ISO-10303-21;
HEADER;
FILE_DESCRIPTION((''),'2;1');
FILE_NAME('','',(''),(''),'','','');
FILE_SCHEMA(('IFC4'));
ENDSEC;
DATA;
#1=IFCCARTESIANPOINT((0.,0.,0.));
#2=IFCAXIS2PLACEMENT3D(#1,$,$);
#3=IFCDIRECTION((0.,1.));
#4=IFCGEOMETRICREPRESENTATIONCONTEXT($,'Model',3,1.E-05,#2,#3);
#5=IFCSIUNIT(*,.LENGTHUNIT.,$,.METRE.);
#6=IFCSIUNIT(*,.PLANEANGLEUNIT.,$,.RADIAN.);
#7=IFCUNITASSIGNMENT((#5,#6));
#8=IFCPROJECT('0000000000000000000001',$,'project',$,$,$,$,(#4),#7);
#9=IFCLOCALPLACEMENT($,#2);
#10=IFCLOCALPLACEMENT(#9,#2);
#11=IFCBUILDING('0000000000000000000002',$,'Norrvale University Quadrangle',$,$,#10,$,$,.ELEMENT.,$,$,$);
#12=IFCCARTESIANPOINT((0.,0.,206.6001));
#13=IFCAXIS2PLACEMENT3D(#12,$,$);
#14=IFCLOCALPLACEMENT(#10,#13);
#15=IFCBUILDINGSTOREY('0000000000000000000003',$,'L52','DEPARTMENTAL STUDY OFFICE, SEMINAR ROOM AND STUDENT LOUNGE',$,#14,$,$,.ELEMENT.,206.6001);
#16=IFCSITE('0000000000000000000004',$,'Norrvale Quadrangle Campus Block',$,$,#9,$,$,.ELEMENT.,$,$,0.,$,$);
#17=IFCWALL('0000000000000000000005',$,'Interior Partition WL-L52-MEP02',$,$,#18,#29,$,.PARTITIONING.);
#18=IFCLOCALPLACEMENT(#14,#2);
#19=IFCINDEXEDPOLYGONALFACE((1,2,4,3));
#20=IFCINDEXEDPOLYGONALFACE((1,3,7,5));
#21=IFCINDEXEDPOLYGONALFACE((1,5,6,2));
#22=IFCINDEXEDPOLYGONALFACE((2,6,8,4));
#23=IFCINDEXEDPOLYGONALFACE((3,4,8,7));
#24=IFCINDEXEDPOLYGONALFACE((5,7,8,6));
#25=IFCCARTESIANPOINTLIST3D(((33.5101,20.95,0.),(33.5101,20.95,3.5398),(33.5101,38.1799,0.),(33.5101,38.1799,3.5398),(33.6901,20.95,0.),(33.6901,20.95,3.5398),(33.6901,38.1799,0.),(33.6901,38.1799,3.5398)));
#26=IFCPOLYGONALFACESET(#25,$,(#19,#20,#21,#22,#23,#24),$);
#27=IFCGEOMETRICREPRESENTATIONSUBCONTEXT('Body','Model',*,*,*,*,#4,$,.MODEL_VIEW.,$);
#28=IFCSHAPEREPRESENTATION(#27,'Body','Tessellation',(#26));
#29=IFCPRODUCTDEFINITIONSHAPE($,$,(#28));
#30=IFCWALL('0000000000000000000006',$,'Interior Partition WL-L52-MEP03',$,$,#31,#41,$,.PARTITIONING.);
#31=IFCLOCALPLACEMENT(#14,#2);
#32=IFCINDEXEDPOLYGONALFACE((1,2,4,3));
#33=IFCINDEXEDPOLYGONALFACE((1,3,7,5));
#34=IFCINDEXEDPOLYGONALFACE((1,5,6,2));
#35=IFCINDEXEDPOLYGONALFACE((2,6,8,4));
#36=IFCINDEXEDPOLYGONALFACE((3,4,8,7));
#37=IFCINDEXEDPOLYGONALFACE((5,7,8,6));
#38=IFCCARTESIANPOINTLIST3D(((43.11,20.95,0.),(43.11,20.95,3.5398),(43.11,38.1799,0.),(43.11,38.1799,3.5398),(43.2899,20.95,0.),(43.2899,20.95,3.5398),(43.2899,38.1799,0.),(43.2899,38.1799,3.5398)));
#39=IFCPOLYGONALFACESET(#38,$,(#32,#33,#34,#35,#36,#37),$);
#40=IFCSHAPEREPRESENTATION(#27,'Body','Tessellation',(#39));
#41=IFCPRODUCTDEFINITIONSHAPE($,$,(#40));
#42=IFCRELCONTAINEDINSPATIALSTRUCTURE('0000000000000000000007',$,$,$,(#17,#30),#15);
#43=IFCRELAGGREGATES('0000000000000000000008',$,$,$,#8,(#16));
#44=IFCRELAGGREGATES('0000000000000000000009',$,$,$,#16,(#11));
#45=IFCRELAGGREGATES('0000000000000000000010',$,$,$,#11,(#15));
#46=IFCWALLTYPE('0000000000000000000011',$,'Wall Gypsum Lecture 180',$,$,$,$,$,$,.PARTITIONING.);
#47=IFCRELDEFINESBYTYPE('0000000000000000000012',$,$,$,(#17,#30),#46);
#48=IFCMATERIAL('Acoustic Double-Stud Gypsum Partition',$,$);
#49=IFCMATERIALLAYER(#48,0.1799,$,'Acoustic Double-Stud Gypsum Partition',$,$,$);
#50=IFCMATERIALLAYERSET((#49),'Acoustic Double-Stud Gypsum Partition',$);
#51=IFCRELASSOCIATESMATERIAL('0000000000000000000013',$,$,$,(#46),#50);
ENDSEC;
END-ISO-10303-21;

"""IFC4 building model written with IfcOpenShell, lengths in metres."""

from ifc_helpers import new_model, si_unit, direction, frame, frame_2d, origin, place, context, subcontext, project, spatial, rectangle, extrude, material, layer, layer_set, type_object, element, save


model = new_model("IFC4")

# Units and contexts
model_context = context("Model", 3, precision=1e-05, world=origin(), true_north=direction((0.0, 1.0)))
body_context = subcontext(model_context, "Body", "Model", "MODEL_VIEW")
ifc_project = project(units=[si_unit("LENGTHUNIT", "METRE"), si_unit("PLANEANGLEUNIT", "RADIAN")], contexts=[model_context])

# Site, building, storey
site_placement = place(None, origin())
site = spatial("IfcSite", under=ifc_project, at=site_placement, Name="Norrvale Quadrangle Campus Block", CompositionType="ELEMENT", RefElevation=0.0)
building_placement = place(site_placement, origin())
building = spatial("IfcBuilding", under=site, at=building_placement, Name="Norrvale University Quadrangle", CompositionType="ELEMENT")
storey_placement = place(building_placement, frame((0.0, 0.0, 206.6001)))
storey = spatial("IfcBuildingStorey", under=building, at=storey_placement, Name="L52", Description="DEPARTMENTAL STUDY OFFICE, SEMINAR ROOM AND STUDENT LOUNGE", CompositionType="ELEMENT", Elevation=206.6001)

# Walls
ifc_material_1 = material(Name="Acoustic Double-Stud Gypsum Partition")
ifc_layer = layer(ifc_material_1, 0.1799, Name="Acoustic Double-Stud Gypsum Partition")
ifc_layer_set = layer_set([ifc_layer], Name="Acoustic Double-Stud Gypsum Partition")
wall_type = type_object("IfcWallType", Name="Wall Gypsum Lecture 180", PredefinedType="PARTITIONING", material=ifc_layer_set)
for number, where, z_axis, x_axis, name in (
    (1, (33.6001, 20.95, 0.0), (0.0, 0.0, 1.0), (0.0, 1.0, 0.0), "Interior Partition WL-L52-MEP02"),
    (2, (43.2, 20.95, 0.0), (0.0, 0.0, 1.0), (0.0, 1.0, 0.0), "Interior Partition WL-L52-MEP03"),
):
    element("IfcWall", number, at=place(storey_placement, frame(where, z_axis=z_axis, x_axis=x_axis)), inside=storey, type_object=wall_type, Name=name, PredefinedType="PARTITIONING", context=body_context, shape_type="SweptSolid", body=[
        extrude(rectangle(XDim=17.23, YDim=0.1799, at=frame_2d((8.615, 0.0))), origin(), (0.0, 0.0, 1.0), 3.5398),
    ])

save(model, "model.ifc")
